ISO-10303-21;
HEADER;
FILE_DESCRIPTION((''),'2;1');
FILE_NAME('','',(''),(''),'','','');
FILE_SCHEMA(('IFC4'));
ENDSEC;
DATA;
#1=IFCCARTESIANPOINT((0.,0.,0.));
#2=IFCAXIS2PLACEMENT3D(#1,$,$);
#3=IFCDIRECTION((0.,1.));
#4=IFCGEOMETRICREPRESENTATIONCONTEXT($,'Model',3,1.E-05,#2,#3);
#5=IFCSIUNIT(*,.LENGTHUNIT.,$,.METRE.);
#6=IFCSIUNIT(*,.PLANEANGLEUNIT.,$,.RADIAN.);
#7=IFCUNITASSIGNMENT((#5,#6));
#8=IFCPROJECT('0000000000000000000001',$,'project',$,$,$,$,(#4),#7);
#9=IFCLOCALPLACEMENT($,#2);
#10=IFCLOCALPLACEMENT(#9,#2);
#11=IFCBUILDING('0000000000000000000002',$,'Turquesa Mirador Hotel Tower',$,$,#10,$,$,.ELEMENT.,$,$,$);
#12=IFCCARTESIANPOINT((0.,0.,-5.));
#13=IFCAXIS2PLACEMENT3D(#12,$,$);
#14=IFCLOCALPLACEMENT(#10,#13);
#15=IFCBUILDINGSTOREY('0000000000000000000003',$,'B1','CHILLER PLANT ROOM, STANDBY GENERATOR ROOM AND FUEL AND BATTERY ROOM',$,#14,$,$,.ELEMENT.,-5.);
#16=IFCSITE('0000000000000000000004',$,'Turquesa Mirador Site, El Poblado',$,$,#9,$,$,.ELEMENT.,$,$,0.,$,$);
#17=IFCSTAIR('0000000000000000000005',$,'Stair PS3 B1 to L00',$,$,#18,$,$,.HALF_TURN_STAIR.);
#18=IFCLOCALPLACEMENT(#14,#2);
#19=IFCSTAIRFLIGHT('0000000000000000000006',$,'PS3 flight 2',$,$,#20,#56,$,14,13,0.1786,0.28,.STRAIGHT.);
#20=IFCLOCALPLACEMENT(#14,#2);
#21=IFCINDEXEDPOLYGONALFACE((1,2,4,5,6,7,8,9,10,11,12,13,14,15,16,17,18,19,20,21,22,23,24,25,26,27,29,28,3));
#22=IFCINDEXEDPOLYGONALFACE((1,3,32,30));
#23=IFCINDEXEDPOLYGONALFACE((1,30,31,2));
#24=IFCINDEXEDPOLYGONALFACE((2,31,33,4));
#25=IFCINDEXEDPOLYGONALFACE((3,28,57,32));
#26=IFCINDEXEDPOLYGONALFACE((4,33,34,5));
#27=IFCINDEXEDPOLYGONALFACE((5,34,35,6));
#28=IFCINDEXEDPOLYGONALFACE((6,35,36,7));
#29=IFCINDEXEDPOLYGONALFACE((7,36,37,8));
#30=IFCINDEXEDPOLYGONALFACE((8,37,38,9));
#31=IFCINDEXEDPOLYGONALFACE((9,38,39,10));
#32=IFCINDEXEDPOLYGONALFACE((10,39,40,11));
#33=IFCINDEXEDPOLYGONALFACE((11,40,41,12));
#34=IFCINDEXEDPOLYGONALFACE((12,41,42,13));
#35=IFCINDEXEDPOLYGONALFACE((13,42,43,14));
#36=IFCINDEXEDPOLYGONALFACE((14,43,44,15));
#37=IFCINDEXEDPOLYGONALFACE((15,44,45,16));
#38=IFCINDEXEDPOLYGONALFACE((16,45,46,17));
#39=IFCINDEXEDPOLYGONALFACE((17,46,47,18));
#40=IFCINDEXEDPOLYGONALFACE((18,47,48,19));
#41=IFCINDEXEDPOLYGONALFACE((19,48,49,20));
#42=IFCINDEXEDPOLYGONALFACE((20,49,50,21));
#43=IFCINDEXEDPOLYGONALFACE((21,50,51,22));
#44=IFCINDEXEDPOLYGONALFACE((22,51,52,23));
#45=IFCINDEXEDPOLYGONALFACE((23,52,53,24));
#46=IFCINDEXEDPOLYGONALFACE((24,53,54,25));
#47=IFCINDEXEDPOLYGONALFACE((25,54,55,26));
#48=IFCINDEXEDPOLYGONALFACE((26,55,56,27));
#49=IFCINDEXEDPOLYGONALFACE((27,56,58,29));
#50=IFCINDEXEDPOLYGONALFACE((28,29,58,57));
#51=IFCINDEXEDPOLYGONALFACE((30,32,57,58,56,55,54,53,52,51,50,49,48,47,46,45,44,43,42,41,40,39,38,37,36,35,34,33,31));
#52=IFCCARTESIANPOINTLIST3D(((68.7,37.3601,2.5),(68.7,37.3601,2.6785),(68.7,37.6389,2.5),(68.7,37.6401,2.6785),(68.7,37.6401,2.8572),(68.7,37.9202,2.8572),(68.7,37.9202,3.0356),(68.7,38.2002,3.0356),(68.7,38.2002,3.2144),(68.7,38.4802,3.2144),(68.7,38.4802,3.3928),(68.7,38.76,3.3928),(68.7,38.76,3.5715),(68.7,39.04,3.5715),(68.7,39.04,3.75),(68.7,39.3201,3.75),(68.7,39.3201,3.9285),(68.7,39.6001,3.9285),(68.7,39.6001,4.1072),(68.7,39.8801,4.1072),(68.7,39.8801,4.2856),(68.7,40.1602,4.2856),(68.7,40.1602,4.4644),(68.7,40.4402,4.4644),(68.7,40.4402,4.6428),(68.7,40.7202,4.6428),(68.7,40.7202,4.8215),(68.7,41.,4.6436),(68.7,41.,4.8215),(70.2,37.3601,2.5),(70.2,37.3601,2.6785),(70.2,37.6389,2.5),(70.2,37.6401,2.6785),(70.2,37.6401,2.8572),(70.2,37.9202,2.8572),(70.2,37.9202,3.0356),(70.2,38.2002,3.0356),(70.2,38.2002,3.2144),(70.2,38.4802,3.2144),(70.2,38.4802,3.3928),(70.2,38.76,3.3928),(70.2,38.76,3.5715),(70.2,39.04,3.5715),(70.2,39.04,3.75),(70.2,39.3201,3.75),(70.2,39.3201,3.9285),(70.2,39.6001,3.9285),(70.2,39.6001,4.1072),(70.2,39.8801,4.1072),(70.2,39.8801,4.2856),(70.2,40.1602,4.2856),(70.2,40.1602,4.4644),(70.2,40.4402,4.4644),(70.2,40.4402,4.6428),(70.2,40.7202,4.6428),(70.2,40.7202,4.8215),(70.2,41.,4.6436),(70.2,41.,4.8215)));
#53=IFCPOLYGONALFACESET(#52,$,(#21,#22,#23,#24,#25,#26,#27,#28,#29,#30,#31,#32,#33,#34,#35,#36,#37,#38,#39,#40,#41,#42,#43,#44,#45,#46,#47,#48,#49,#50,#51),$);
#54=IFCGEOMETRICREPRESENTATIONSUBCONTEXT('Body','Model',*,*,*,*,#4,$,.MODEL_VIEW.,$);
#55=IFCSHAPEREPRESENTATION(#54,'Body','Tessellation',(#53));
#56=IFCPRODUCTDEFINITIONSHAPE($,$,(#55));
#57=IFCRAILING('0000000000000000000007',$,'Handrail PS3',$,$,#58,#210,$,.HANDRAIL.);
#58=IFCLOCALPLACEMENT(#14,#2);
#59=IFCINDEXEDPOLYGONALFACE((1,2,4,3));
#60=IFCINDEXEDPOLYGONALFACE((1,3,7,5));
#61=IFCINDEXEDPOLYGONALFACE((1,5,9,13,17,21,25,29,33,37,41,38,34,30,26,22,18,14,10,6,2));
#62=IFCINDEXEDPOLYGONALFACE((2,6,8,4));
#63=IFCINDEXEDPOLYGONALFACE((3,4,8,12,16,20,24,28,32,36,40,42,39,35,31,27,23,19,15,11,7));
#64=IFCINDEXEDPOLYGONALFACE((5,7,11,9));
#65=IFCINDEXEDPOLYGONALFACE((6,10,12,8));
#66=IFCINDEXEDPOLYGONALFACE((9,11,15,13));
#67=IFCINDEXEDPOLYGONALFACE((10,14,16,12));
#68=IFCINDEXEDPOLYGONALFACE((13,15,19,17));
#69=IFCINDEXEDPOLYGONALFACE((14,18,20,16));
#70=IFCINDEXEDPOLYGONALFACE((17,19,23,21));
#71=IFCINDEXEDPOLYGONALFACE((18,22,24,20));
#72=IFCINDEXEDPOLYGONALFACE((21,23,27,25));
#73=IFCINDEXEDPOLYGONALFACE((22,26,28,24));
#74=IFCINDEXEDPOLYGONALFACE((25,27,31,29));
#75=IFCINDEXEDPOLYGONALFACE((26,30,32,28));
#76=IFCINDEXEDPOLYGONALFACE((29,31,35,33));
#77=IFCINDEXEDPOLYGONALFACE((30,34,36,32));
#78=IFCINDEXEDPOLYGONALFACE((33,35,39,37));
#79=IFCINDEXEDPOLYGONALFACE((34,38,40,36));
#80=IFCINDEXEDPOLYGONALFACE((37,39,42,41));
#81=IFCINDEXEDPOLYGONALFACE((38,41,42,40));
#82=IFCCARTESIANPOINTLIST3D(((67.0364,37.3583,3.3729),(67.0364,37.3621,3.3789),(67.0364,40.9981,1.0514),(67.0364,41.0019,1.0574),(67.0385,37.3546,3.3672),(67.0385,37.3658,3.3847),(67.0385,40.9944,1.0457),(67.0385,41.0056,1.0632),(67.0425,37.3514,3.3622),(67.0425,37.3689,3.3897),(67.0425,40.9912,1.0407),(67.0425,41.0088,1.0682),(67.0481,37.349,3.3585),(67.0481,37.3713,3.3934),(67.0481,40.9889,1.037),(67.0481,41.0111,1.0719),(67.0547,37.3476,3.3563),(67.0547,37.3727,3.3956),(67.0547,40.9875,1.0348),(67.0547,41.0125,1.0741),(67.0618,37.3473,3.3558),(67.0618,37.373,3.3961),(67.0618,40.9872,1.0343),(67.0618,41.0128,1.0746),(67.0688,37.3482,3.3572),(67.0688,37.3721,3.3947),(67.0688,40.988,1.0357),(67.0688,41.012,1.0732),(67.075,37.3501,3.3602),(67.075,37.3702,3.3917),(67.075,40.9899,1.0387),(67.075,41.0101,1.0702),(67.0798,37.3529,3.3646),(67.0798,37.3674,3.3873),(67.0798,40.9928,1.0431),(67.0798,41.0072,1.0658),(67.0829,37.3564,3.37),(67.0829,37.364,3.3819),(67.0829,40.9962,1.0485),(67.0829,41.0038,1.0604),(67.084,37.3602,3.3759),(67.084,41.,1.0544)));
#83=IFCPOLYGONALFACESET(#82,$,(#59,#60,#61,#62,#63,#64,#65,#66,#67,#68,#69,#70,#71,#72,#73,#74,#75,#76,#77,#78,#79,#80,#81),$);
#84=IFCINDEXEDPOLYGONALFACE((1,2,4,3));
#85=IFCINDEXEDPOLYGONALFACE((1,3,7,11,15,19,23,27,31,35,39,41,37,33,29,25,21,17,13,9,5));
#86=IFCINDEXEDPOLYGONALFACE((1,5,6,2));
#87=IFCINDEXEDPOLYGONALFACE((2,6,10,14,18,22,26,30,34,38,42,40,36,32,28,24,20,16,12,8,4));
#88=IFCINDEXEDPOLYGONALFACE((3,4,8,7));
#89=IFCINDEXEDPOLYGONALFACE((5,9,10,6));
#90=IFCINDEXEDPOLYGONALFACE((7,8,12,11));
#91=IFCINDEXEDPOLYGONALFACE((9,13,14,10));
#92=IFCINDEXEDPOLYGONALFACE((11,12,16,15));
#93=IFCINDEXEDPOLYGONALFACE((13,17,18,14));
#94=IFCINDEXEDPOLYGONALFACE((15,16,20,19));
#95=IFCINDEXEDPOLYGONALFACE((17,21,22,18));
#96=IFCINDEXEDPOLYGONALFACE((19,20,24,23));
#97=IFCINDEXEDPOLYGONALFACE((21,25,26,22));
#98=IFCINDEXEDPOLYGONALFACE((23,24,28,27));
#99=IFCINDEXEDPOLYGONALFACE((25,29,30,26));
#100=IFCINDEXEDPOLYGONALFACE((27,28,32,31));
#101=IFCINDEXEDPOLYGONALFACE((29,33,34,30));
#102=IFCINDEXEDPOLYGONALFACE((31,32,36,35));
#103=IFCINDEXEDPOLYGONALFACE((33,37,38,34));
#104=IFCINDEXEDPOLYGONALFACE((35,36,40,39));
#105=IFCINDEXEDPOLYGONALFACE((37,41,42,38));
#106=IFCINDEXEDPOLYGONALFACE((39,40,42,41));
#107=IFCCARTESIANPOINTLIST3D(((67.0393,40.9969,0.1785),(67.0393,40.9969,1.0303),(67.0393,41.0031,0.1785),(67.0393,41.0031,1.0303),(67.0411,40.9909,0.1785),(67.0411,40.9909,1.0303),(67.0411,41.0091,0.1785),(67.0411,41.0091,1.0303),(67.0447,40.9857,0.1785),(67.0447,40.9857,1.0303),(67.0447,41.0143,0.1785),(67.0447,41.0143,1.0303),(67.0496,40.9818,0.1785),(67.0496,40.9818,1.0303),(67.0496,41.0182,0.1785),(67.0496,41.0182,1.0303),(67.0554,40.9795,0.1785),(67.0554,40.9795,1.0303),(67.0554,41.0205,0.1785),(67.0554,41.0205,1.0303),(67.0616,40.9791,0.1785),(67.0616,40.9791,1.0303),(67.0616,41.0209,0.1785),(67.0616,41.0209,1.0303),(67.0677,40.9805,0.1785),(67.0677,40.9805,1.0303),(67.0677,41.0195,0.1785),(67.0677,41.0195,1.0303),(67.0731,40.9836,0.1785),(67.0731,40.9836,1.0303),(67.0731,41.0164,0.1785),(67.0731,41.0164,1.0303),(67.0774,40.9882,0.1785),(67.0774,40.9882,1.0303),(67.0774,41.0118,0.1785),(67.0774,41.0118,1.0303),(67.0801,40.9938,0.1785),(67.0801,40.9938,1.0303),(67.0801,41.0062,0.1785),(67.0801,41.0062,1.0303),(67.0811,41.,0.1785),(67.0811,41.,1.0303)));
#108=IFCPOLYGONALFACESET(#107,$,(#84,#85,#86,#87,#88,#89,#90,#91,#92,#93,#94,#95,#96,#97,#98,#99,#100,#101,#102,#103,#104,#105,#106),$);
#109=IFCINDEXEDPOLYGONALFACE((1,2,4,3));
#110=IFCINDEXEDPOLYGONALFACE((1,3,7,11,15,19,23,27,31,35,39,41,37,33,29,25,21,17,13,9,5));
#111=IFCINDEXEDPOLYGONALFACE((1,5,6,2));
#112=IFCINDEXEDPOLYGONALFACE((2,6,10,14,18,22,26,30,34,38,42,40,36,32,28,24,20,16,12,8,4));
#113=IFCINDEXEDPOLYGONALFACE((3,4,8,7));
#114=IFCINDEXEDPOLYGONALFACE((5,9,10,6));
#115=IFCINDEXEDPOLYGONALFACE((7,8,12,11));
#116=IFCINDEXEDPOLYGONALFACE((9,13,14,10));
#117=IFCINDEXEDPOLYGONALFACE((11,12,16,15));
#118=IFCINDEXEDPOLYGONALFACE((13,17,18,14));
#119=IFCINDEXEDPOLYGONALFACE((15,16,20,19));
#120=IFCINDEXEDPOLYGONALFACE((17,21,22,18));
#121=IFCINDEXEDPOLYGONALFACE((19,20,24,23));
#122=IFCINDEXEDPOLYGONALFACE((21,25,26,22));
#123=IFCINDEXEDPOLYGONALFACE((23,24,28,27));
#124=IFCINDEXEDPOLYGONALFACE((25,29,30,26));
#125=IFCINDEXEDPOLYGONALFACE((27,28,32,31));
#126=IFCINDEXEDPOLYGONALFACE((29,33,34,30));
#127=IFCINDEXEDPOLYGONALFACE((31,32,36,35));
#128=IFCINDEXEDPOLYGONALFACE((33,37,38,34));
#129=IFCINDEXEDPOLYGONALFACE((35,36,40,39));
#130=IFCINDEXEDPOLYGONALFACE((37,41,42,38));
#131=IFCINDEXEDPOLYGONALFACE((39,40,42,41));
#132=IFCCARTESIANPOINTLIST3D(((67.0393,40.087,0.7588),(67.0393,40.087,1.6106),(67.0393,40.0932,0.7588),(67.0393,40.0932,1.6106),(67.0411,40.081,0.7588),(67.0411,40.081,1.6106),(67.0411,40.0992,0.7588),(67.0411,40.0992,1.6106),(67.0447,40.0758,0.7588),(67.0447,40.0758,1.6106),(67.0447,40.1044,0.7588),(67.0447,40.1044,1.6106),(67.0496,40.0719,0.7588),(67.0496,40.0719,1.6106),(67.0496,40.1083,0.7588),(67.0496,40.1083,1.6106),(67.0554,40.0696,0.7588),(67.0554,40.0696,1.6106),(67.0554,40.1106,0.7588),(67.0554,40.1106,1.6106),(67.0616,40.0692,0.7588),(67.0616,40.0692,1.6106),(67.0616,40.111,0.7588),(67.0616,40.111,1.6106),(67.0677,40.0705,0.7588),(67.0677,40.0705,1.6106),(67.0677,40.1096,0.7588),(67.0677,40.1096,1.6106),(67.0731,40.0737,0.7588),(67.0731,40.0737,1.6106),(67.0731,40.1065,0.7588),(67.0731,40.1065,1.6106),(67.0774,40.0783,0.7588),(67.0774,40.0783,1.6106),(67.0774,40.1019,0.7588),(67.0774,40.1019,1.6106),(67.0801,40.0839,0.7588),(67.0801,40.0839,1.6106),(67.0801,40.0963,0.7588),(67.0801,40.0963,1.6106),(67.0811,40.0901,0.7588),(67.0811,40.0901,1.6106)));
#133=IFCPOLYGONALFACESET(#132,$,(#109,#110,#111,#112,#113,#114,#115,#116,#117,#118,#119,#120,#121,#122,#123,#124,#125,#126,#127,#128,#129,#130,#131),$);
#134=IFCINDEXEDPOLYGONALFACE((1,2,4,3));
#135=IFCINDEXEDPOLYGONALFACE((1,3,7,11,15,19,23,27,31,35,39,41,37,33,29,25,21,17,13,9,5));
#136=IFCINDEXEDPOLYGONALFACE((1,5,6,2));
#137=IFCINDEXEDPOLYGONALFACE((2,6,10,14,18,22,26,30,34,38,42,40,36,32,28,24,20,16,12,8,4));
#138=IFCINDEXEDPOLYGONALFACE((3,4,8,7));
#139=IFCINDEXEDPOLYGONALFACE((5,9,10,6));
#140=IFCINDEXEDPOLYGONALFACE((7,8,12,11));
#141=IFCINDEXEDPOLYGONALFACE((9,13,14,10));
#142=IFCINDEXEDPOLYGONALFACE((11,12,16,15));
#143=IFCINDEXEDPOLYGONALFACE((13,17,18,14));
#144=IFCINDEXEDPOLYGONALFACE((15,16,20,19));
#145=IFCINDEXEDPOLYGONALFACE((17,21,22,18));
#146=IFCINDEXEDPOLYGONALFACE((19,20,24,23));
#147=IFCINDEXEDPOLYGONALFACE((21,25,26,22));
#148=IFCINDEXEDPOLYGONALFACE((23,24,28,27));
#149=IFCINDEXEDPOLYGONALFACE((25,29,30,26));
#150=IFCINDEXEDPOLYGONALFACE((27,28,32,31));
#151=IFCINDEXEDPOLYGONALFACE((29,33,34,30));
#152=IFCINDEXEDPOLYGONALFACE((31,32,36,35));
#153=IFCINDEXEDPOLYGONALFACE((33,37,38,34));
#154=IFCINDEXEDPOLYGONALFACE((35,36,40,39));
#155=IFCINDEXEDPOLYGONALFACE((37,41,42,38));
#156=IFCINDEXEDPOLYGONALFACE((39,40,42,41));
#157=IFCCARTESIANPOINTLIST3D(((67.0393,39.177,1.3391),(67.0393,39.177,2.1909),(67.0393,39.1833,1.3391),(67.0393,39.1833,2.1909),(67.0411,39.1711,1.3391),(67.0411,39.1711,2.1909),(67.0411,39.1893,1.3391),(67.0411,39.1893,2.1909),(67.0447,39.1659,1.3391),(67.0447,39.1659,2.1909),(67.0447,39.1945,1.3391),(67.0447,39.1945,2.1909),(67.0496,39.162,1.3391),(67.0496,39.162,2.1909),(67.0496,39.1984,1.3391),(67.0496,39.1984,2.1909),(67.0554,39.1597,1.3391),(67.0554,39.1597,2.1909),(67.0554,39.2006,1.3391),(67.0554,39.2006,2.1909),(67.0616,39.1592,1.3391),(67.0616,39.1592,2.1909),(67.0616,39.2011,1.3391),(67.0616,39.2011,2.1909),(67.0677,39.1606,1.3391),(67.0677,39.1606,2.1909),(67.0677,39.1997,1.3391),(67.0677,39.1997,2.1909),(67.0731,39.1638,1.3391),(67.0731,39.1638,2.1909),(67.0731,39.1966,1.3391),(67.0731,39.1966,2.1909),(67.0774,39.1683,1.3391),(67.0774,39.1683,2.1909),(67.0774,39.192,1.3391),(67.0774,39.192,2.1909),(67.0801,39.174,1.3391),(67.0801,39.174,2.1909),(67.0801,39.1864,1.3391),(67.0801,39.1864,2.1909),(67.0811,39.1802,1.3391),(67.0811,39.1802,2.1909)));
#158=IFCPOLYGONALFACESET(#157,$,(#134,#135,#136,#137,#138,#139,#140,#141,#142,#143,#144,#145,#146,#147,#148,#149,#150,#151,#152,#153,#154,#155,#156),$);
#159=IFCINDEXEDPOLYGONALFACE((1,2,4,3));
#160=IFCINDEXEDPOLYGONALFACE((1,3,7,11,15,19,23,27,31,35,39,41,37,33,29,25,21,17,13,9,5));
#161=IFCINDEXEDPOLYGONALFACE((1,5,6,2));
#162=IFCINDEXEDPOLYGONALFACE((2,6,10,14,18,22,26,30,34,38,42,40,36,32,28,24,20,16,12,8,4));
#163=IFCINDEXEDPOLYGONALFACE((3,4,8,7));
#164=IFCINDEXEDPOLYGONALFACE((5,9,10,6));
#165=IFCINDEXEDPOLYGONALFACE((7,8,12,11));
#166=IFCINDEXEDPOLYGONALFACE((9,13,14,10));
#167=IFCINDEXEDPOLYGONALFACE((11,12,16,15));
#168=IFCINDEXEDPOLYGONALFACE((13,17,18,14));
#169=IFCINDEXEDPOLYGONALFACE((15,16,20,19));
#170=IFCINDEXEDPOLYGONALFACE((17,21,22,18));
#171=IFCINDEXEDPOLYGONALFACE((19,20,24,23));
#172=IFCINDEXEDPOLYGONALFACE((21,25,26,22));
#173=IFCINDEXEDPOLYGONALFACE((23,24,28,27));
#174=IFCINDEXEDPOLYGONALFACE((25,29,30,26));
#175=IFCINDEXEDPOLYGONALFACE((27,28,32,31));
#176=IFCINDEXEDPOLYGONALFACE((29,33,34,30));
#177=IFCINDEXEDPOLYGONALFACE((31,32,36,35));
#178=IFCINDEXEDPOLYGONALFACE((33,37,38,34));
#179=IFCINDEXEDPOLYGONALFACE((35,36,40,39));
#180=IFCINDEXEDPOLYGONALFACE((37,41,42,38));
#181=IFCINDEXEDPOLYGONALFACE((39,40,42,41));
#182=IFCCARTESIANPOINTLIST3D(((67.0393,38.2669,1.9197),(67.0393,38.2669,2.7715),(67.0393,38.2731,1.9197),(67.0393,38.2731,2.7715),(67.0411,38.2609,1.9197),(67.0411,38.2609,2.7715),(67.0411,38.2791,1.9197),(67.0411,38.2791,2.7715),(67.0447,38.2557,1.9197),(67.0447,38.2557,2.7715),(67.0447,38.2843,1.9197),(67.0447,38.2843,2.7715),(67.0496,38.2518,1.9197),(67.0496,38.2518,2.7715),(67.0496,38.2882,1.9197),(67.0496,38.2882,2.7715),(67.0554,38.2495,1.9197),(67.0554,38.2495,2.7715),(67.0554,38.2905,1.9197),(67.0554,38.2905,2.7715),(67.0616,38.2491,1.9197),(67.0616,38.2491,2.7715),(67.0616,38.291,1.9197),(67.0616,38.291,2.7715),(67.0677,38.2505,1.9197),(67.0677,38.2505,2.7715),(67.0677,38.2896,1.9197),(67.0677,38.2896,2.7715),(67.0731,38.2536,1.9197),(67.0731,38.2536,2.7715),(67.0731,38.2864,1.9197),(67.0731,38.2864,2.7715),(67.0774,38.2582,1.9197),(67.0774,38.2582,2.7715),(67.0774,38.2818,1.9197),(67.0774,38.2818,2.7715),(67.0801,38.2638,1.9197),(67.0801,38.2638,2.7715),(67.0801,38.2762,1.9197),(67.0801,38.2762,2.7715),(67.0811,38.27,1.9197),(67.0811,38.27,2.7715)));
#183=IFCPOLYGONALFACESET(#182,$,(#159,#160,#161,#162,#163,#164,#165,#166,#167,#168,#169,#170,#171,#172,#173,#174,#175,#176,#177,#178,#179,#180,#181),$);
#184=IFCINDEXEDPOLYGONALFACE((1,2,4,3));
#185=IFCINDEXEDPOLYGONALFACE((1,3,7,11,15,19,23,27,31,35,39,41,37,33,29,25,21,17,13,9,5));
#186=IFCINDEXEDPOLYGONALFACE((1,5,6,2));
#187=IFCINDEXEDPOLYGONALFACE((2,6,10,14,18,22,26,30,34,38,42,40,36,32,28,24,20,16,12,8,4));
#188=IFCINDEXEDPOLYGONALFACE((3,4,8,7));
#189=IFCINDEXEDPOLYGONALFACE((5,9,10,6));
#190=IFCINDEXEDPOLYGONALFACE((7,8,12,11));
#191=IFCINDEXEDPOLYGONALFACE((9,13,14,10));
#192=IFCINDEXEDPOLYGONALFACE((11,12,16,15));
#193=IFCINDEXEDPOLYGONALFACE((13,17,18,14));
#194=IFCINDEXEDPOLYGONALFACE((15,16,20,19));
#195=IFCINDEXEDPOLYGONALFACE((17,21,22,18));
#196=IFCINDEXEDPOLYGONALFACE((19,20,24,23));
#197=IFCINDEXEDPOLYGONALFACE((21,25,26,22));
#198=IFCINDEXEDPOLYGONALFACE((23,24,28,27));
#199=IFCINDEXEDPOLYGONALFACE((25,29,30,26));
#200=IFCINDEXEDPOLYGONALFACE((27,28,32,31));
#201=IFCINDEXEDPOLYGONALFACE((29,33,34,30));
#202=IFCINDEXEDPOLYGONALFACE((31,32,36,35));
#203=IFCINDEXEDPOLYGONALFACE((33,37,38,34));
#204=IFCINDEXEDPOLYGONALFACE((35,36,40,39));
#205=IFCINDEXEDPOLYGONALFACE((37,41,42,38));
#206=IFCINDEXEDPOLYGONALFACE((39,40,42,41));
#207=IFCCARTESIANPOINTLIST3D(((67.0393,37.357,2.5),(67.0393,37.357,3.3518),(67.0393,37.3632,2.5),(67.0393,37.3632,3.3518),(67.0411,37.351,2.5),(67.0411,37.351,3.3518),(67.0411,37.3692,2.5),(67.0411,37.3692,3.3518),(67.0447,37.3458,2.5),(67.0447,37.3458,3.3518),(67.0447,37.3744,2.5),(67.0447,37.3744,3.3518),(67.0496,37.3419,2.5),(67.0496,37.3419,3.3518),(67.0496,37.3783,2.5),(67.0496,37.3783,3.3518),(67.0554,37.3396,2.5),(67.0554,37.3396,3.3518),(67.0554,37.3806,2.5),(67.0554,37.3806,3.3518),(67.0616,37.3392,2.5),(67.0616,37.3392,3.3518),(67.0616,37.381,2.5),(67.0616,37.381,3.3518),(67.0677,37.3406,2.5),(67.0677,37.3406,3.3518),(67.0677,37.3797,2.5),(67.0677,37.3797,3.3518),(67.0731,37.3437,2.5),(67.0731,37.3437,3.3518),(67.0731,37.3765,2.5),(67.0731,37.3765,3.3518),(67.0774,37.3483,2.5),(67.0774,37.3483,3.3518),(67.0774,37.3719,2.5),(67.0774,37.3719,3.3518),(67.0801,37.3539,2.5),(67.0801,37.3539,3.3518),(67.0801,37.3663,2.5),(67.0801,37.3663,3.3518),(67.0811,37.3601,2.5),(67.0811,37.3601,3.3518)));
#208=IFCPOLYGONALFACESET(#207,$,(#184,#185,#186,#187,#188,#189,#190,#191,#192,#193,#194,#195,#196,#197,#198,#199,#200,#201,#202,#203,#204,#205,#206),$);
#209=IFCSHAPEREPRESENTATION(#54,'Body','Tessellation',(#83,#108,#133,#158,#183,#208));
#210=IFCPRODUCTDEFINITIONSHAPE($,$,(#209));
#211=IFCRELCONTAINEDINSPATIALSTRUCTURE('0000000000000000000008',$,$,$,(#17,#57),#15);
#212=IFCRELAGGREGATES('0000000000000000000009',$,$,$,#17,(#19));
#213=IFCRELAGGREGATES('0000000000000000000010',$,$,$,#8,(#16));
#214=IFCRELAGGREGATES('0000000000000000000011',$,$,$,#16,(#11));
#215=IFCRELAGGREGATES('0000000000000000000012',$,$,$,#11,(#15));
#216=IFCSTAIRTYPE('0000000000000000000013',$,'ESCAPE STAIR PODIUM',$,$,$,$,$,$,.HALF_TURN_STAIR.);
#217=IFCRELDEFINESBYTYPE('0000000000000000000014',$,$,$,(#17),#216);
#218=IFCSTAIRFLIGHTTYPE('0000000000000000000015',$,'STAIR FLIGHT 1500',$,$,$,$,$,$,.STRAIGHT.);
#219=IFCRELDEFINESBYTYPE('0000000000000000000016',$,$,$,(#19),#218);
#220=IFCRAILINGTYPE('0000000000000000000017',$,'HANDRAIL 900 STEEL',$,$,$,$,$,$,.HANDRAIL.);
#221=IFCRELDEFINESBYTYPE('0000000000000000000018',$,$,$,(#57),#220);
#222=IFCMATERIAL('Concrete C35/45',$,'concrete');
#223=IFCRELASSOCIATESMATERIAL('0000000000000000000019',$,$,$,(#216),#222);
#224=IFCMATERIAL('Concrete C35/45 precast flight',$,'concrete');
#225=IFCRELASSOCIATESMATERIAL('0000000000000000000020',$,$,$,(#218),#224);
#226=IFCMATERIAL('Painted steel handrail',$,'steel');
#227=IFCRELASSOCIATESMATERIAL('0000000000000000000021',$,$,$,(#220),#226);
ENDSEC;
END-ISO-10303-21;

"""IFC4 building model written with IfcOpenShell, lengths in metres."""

from ifc_helpers import new_model, si_unit, direction, frame, origin, origin_2d, place, context, subcontext, project, spatial, polyline, circle, outline, extrude, material, type_object, element, aggregate, save


model = new_model("IFC4")

# Units and contexts
model_context = context("Model", 3, precision=1e-05, world=origin(), true_north=direction((0.0, 1.0)))
body_context = subcontext(model_context, "Body", "Model", "MODEL_VIEW")
ifc_project = project(units=[si_unit("LENGTHUNIT", "METRE"), si_unit("PLANEANGLEUNIT", "RADIAN")], contexts=[model_context])

# Site, building, storey
site_placement = place(None, origin())
site = spatial("IfcSite", under=ifc_project, at=site_placement, Name="Turquesa Mirador Site, El Poblado", CompositionType="ELEMENT", RefElevation=0.0)
building_placement = place(site_placement, origin())
building = spatial("IfcBuilding", under=site, at=building_placement, Name="Turquesa Mirador Hotel Tower", CompositionType="ELEMENT")
storey_placement = place(building_placement, frame((0.0, 0.0, -5.0)))
storey = spatial("IfcBuildingStorey", under=building, at=storey_placement, Name="B1", Description="CHILLER PLANT ROOM, STANDBY GENERATOR ROOM AND FUEL AND BATTERY ROOM", CompositionType="ELEMENT", Elevation=-5.0)

# Stair, stair flight
ifc_material_1 = material(Name="Concrete C35/45", Category="concrete")
stair_type = type_object("IfcStairType", Name="ESCAPE STAIR PODIUM", PredefinedType="HALF_TURN_STAIR", material=ifc_material_1)
stair_placement = place(storey_placement, origin())
stair = element("IfcStair", 1, at=stair_placement, inside=storey, type_object=stair_type, Name="Stair PS3 B1 to L00", PredefinedType="HALF_TURN_STAIR")
ifc_material_2 = material(Name="Concrete C35/45 precast flight", Category="concrete")
stair_flight_type = type_object("IfcStairFlightType", Name="STAIR FLIGHT 1500", PredefinedType="STRAIGHT", material=ifc_material_2)
stair_flight_1_placement = place(storey_placement, frame((69.45, 37.3601, 2.5), z_axis=(0.0, 0.0, 1.0), x_axis=(0.0, 1.0, 0.0)))
stair_flight_1 = element("IfcStairFlight", 2, at=stair_flight_1_placement, type_object=stair_flight_type, Name="PS3 flight 2", NumberOfRisers=14, NumberOfTreads=13, PredefinedType="STRAIGHT", RiserHeight=0.1786, TreadLength=0.28, context=body_context, shape_type="SweptSolid", body=[
    extrude(outline(polyline([(0.0, 0.0), (0.0, 0.1785), (0.28, 0.1785), (0.28, 0.3572), (0.5601, 0.3572), (0.5601, 0.5356), (0.8401, 0.5356), (0.8401, 0.7144), (1.1201, 0.7144), (1.1201, 0.8928), (1.3999, 0.8928), (1.3999, 1.0715), (1.6799, 1.0715), (1.6799, 1.25), (1.96, 1.25), (1.96, 1.4285), (2.24, 1.4285), (2.24, 1.6072), (2.52, 1.6072), (2.52, 1.7856), (2.8, 1.7856), (2.8, 1.9644), (3.0801, 1.9644), (3.0801, 2.1428), (3.3601, 2.1428), (3.3601, 2.3215), (3.6399, 2.3215), (3.6399, 2.5), (3.6399, 2.1436), (0.2788, 0.0), (0.0, 0.0)])), frame((0.0, 0.75, 0.0), z_axis=(0.0, -1.0, 0.0), x_axis=(1.0, 0.0, 0.0)), (0.0, 0.0, 1.0), 1.5),
])
aggregate(stair, [stair_flight_1])

# Railing
ifc_material_3 = material(Name="Painted steel handrail", Category="steel")
railing_type = type_object("IfcRailingType", Name="HANDRAIL 900 STEEL", PredefinedType="HANDRAIL", material=ifc_material_3)
railing_1_placement = place(storey_placement, frame((67.0601, 41.0, 0.1785)))
element("IfcRailing", 3, at=railing_1_placement, inside=storey, type_object=railing_type, Name="Handrail PS3", PredefinedType="HANDRAIL", context=body_context, shape_type="SweptSolid", body=[
    extrude(circle(Radius=0.0239, at=origin_2d()), frame((0.0, 0.0, 0.876), z_axis=(0.0, -0.843112, 0.537739), x_axis=(1.0, 0.0, 0.0)), (0.0, 0.0, 1.0), 4.3171),
    extrude(circle(Radius=0.021, at=origin_2d()), origin(), (0.0, 0.0, 1.0), 0.8518),
    extrude(circle(Radius=0.021, at=origin_2d()), frame((0.0, -0.9099, 0.5803)), (0.0, 0.0, 1.0), 0.8518),
    extrude(circle(Radius=0.021, at=origin_2d()), frame((0.0, -1.8198, 1.1606)), (0.0, 0.0, 1.0), 0.8518),
    extrude(circle(Radius=0.021, at=origin_2d()), frame((0.0, -2.73, 1.7412)), (0.0, 0.0, 1.0), 0.8518),
    extrude(circle(Radius=0.021, at=origin_2d()), frame((0.0, -3.6399, 2.3215)), (0.0, 0.0, 1.0), 0.8518),
])

save(model, "model.ifc")
